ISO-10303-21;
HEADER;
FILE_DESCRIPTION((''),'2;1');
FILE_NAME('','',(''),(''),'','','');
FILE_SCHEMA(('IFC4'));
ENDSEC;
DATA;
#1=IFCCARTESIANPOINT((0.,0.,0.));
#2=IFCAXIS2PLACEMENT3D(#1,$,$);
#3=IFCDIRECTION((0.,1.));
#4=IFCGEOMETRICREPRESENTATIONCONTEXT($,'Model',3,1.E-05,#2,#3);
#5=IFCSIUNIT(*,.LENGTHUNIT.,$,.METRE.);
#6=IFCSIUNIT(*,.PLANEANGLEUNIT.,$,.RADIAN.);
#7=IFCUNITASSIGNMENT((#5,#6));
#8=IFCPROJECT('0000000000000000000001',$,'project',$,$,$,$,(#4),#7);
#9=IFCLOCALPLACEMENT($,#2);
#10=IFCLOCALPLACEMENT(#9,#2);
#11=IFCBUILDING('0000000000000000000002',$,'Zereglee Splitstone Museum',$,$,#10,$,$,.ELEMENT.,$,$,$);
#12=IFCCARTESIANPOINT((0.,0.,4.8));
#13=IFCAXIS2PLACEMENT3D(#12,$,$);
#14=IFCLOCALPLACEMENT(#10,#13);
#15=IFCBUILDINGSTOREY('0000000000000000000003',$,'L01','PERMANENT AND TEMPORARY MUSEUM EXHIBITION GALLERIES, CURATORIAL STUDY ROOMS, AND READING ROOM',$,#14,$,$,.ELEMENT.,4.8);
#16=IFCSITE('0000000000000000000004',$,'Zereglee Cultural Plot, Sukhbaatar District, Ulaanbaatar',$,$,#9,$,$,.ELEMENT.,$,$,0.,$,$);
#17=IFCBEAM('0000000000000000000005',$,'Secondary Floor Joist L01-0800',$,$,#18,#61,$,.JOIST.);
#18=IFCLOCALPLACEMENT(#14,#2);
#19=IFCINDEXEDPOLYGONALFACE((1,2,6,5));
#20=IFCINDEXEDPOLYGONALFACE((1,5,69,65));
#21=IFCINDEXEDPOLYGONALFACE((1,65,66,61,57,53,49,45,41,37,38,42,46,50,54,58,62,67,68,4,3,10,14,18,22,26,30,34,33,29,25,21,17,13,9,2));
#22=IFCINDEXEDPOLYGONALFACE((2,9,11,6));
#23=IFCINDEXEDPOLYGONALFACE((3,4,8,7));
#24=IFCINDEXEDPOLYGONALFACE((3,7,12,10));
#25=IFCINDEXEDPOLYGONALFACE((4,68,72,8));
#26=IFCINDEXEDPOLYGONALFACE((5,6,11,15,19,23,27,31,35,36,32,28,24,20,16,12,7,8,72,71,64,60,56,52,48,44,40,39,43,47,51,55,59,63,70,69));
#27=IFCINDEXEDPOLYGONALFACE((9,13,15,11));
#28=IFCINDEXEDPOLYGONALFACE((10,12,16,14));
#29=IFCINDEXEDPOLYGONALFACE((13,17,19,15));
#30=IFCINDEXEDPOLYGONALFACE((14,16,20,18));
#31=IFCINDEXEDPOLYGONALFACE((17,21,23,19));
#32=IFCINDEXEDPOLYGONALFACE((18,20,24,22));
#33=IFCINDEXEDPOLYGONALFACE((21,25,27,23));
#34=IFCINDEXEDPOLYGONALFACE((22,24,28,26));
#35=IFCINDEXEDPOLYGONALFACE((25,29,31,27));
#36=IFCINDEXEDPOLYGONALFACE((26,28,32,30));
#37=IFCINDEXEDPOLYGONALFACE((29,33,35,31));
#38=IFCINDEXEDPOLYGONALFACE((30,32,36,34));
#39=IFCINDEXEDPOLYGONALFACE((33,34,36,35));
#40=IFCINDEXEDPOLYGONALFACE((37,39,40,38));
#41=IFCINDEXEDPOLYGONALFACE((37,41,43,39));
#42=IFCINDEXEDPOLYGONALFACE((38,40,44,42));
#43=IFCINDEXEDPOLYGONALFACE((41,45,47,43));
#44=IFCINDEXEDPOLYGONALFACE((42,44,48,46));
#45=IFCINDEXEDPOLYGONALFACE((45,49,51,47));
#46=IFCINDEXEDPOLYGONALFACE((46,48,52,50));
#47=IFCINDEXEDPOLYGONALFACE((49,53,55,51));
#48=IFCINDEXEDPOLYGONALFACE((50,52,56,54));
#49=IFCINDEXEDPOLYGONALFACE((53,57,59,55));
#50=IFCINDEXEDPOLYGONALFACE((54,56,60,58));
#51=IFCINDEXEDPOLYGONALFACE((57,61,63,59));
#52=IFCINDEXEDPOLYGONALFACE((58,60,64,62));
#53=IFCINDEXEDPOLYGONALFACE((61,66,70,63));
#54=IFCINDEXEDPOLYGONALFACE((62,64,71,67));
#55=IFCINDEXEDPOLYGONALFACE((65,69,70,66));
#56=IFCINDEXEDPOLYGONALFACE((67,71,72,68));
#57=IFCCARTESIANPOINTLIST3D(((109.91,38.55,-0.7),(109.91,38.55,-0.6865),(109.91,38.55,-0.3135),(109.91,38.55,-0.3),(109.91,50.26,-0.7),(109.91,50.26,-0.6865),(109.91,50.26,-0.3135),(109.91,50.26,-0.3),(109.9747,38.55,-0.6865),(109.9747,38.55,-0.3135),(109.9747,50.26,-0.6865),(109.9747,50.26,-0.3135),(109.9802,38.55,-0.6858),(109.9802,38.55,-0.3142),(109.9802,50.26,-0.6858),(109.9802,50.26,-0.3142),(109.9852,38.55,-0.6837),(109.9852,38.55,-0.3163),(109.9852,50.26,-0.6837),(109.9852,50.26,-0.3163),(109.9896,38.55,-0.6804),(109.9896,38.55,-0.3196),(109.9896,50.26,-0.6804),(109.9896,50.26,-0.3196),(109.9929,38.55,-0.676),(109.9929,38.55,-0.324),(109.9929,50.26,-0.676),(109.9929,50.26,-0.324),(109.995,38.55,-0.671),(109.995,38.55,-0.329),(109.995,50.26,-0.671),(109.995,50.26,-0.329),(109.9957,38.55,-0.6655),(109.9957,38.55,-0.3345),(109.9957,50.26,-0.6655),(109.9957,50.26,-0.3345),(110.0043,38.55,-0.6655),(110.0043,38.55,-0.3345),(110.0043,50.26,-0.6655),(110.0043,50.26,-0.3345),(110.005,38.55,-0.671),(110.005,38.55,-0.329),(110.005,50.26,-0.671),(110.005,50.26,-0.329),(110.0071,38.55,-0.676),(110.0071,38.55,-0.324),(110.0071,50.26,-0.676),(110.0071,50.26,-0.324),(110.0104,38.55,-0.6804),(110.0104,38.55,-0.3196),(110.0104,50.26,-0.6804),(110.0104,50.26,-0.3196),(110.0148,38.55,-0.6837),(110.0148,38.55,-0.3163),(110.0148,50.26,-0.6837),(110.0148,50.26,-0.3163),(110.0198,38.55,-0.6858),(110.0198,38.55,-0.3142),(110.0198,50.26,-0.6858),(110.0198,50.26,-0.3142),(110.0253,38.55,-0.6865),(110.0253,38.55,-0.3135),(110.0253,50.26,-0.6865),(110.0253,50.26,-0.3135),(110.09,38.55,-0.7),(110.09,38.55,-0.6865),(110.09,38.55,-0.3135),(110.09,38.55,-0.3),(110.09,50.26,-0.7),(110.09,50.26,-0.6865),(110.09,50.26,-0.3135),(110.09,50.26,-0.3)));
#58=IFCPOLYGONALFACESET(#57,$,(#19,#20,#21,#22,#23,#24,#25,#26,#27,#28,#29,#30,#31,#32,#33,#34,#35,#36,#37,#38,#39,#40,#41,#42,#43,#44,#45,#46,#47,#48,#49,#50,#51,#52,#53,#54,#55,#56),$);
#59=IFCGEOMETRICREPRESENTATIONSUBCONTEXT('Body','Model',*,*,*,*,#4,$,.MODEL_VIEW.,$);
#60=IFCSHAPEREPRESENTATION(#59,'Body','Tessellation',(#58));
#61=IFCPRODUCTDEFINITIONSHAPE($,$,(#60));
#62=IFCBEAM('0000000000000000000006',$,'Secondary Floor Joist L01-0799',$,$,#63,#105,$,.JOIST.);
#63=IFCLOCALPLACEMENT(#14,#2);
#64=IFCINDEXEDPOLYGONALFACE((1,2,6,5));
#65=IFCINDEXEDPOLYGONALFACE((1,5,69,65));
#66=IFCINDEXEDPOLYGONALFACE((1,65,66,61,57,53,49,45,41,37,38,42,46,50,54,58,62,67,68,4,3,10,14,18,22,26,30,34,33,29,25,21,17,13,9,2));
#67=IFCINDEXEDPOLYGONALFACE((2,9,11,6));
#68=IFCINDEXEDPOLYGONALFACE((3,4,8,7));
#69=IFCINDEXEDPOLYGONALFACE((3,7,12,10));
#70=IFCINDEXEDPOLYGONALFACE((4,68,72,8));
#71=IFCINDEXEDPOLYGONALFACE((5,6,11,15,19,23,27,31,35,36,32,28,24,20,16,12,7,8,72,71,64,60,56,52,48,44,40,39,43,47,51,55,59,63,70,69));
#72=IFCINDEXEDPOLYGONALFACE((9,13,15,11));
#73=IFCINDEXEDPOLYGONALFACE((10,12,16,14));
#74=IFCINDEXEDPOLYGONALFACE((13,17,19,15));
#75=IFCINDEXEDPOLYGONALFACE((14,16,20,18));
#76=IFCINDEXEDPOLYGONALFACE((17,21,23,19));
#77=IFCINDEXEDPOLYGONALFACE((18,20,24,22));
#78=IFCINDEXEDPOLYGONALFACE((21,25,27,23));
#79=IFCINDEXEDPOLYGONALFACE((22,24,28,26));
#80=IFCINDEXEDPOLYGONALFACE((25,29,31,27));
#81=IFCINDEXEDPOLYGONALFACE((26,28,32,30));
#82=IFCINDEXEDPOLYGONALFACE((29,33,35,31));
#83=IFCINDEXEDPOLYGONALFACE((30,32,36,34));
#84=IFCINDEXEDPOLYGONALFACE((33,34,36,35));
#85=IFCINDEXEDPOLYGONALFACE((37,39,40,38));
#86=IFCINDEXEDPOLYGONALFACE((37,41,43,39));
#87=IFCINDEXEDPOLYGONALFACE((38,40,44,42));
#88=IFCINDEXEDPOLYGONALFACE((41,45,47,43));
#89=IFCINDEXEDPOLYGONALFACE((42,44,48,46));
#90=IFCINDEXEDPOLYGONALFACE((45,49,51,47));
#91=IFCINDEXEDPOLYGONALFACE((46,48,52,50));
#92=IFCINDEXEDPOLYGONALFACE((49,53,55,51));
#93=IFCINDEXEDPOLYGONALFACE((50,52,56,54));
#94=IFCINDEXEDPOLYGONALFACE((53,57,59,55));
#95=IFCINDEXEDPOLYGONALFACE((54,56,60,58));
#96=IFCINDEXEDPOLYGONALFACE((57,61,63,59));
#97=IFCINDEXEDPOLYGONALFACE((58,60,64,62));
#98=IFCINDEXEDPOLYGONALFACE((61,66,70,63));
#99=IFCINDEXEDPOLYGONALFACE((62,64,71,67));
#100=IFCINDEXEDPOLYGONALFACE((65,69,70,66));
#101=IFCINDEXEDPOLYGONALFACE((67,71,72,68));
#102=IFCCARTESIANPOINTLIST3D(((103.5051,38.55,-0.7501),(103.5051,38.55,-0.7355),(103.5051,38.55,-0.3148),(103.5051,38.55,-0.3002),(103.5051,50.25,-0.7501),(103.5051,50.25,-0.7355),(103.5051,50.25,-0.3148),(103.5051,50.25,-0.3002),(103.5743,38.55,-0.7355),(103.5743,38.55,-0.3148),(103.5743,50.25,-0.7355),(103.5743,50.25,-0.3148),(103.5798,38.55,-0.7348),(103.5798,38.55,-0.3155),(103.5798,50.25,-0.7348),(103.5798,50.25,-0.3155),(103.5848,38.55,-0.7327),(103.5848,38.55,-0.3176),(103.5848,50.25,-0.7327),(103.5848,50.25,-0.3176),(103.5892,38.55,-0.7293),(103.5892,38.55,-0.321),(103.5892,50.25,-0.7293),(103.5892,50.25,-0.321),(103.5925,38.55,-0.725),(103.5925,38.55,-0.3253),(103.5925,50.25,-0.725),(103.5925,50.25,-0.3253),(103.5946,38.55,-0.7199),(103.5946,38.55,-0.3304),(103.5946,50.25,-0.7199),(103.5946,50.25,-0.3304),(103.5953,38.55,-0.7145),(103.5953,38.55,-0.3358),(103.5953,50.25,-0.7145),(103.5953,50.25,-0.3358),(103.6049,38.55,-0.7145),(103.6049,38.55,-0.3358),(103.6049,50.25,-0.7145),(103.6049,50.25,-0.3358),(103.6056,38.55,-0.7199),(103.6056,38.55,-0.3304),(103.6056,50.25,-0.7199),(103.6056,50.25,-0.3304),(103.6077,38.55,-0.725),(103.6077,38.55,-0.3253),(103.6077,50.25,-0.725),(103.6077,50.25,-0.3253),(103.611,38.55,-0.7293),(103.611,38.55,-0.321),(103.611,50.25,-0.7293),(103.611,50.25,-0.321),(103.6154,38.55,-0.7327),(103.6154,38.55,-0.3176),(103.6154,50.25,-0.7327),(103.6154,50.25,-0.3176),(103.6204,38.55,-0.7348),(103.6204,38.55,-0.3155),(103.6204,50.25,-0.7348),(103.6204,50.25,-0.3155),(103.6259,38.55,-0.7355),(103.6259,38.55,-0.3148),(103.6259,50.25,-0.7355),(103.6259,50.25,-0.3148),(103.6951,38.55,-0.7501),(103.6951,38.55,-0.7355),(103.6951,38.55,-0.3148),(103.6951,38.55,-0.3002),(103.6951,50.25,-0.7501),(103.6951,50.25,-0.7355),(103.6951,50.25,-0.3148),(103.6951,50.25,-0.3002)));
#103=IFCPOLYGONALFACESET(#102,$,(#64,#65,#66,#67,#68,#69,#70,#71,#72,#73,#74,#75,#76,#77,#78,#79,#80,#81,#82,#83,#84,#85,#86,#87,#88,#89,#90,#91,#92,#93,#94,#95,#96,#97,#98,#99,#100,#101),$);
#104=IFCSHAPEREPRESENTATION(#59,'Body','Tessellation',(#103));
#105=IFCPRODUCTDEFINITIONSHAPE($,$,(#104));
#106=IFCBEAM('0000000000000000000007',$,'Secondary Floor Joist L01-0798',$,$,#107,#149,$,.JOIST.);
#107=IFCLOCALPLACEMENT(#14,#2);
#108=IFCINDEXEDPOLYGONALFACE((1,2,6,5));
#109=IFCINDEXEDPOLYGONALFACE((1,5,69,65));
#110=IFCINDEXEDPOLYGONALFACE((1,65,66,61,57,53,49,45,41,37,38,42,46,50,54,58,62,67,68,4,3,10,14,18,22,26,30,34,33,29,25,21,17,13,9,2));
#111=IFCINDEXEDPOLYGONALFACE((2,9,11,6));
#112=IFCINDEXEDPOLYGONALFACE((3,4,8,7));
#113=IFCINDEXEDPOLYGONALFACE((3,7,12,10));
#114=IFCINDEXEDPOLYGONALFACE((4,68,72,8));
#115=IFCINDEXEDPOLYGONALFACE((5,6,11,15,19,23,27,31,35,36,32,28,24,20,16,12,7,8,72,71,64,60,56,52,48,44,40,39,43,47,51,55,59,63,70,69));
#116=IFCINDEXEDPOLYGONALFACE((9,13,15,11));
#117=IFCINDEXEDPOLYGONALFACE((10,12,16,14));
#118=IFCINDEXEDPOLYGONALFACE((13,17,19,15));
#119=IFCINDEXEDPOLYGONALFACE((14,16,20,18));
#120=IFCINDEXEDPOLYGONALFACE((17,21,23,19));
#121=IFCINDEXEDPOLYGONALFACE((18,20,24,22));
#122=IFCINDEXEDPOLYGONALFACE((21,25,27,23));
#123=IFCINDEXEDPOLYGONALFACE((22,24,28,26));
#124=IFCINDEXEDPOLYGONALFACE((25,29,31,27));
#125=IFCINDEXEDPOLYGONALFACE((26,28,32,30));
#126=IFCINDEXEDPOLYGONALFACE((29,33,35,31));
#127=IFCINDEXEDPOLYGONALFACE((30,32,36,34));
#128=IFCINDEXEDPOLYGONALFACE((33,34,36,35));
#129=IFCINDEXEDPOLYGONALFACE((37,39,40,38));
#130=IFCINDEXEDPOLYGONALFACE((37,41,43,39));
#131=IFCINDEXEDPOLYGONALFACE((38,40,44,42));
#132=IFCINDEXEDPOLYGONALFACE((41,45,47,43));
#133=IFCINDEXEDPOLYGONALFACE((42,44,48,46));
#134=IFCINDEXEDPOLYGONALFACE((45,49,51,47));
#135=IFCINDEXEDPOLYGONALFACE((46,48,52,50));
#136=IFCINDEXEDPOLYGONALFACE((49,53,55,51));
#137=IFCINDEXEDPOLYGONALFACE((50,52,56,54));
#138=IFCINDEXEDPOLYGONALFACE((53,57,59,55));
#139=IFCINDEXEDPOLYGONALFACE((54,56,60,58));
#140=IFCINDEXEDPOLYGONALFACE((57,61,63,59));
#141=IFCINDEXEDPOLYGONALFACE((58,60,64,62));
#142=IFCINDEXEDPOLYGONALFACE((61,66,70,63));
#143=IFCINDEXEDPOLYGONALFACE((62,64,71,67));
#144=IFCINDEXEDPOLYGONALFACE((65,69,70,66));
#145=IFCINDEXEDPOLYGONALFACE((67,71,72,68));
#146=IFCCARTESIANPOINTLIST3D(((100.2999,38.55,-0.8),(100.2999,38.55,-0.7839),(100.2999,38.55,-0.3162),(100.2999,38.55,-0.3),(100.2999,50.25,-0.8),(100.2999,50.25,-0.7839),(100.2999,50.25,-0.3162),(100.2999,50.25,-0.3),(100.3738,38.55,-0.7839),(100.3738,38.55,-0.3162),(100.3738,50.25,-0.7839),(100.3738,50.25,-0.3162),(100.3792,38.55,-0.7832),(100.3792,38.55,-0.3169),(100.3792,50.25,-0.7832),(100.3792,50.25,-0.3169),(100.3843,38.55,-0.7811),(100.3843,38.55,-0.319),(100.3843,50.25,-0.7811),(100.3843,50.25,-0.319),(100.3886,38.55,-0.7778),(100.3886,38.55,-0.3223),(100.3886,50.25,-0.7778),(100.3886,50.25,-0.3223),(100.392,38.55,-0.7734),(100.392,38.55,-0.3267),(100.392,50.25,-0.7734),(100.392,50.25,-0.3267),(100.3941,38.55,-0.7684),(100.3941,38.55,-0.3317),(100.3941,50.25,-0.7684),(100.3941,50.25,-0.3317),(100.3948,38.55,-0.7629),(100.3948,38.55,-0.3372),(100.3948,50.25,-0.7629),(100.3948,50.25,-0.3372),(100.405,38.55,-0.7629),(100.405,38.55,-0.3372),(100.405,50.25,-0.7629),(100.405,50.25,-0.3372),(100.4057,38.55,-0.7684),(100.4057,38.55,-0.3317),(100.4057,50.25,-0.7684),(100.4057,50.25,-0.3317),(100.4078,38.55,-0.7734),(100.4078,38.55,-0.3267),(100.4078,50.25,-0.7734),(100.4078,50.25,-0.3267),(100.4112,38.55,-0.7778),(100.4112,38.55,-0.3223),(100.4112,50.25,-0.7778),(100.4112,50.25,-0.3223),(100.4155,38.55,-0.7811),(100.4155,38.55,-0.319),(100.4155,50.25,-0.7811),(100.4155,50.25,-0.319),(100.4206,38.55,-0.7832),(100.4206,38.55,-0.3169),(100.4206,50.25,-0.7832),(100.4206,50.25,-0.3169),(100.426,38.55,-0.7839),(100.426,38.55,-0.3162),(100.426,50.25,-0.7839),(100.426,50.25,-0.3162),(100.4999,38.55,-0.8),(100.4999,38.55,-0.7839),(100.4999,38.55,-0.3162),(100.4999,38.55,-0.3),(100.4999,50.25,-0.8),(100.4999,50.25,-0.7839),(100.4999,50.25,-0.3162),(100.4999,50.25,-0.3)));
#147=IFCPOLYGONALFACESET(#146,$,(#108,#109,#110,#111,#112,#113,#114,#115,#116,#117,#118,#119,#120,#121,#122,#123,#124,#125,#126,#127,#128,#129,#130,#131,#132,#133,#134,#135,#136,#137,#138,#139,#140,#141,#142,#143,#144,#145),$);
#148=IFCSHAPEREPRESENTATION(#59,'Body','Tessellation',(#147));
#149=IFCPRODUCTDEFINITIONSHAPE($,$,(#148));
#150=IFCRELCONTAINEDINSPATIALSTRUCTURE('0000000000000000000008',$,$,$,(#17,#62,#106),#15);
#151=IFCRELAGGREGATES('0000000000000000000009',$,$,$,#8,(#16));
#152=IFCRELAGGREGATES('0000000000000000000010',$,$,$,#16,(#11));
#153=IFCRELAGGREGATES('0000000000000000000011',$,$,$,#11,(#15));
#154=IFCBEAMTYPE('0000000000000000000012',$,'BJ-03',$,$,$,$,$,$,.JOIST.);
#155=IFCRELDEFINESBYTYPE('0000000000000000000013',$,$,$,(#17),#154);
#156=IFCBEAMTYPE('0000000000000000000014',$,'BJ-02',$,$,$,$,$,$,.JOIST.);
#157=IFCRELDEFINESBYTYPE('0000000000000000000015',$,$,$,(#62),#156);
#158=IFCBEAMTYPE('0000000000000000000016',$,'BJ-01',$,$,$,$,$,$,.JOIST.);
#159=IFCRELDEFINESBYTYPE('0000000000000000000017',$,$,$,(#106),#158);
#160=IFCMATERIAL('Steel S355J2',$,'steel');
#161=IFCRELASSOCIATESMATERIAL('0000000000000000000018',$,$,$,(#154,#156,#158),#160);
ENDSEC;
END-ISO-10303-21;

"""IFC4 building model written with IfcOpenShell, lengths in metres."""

from ifc_helpers import new_model, si_unit, direction, frame, origin, origin_2d, place, context, subcontext, project, spatial, i_section, extrude, material, material_profile, profile_set, type_object, element, save


model = new_model("IFC4")

# Units and contexts
model_context = context("Model", 3, precision=1e-05, world=origin(), true_north=direction((0.0, 1.0)))
body_context = subcontext(model_context, "Body", "Model", "MODEL_VIEW")
ifc_project = project(units=[si_unit("LENGTHUNIT", "METRE"), si_unit("PLANEANGLEUNIT", "RADIAN")], contexts=[model_context])

# Site, building, storey
site_placement = place(None, origin())
site = spatial("IfcSite", under=ifc_project, at=site_placement, Name="Zereglee Cultural Plot, Sukhbaatar District, Ulaanbaatar", CompositionType="ELEMENT", RefElevation=0.0)
building_placement = place(site_placement, origin())
building = spatial("IfcBuilding", under=site, at=building_placement, Name="Zereglee Splitstone Museum", CompositionType="ELEMENT")
storey_placement = place(building_placement, frame((0.0, 0.0, 4.8)))
storey = spatial("IfcBuildingStorey", under=building, at=storey_placement, Name="L01", Description="PERMANENT AND TEMPORARY MUSEUM EXHIBITION GALLERIES, CURATORIAL STUDY ROOMS, AND READING ROOM", CompositionType="ELEMENT", Elevation=4.8)

# Beams
ifc_material_1 = material(Name="Steel S355J2", Category="steel")
ifc_material_profile_1 = material_profile(ifc_material_1, i_section(OverallWidth=0.1799, OverallDepth=0.3999, WebThickness=0.0085, FlangeThickness=0.0134, FilletRadius=0.021, at=origin_2d()), Name="IPE 400")
ifc_profile_set_1 = profile_set([ifc_material_profile_1], Name="Steel S355J2")
beam_type_1 = type_object("IfcBeamType", Name="BJ-03", PredefinedType="JOIST", material=ifc_profile_set_1)
beam_1_placement = place(storey_placement, frame((110.0, 38.55, -0.5), z_axis=(0.0, 1.0, 0.0), x_axis=(-1.0, 0.0, 0.0)))
element("IfcBeam", 1, at=beam_1_placement, inside=storey, type_object=beam_type_1, Name="Secondary Floor Joist L01-0800", PredefinedType="JOIST", context=body_context, shape_type="SweptSolid", body=[
    extrude(i_section(OverallWidth=0.1799, OverallDepth=0.3999, WebThickness=0.0085, FlangeThickness=0.0134, FilletRadius=0.021, at=origin_2d()), origin(), (0.0, 0.0, 1.0), 11.71),
])
ifc_material_profile_2 = material_profile(ifc_material_1, i_section(OverallWidth=0.1899, OverallDepth=0.45, WebThickness=0.0095, FlangeThickness=0.0146, FilletRadius=0.021, at=origin_2d()), Name="IPE 450")
ifc_profile_set_2 = profile_set([ifc_material_profile_2], Name="Steel S355J2")
beam_type_2 = type_object("IfcBeamType", Name="BJ-02", PredefinedType="JOIST", material=ifc_profile_set_2)
beam_2_placement = place(storey_placement, frame((103.6001, 38.55, -0.5251), z_axis=(0.0, 1.0, 0.0), x_axis=(-1.0, 0.0, 0.0)))
element("IfcBeam", 2, at=beam_2_placement, inside=storey, type_object=beam_type_2, Name="Secondary Floor Joist L01-0799", PredefinedType="JOIST", context=body_context, shape_type="SweptSolid", body=[
    extrude(i_section(OverallWidth=0.1899, OverallDepth=0.45, WebThickness=0.0095, FlangeThickness=0.0146, FilletRadius=0.021, at=origin_2d()), origin(), (0.0, 0.0, 1.0), 11.7),
])
ifc_material_profile_3 = material_profile(ifc_material_1, i_section(OverallWidth=0.2, OverallDepth=0.5, WebThickness=0.0103, FlangeThickness=0.0161, FilletRadius=0.021, at=origin_2d()), Name="IPE 500")
ifc_profile_set_3 = profile_set([ifc_material_profile_3], Name="Steel S355J2")
beam_type_3 = type_object("IfcBeamType", Name="BJ-01", PredefinedType="JOIST", material=ifc_profile_set_3)
beam_3_placement = place(storey_placement, frame((100.3999, 38.55, -0.55), z_axis=(0.0, 1.0, 0.0), x_axis=(-1.0, 0.0, 0.0)))
element("IfcBeam", 3, at=beam_3_placement, inside=storey, type_object=beam_type_3, Name="Secondary Floor Joist L01-0798", PredefinedType="JOIST", context=body_context, shape_type="SweptSolid", body=[
    extrude(i_section(OverallWidth=0.2, OverallDepth=0.5, WebThickness=0.0103, FlangeThickness=0.0161, FilletRadius=0.021, at=origin_2d()), origin(), (0.0, 0.0, 1.0), 11.7),
])

save(model, "model.ifc")
